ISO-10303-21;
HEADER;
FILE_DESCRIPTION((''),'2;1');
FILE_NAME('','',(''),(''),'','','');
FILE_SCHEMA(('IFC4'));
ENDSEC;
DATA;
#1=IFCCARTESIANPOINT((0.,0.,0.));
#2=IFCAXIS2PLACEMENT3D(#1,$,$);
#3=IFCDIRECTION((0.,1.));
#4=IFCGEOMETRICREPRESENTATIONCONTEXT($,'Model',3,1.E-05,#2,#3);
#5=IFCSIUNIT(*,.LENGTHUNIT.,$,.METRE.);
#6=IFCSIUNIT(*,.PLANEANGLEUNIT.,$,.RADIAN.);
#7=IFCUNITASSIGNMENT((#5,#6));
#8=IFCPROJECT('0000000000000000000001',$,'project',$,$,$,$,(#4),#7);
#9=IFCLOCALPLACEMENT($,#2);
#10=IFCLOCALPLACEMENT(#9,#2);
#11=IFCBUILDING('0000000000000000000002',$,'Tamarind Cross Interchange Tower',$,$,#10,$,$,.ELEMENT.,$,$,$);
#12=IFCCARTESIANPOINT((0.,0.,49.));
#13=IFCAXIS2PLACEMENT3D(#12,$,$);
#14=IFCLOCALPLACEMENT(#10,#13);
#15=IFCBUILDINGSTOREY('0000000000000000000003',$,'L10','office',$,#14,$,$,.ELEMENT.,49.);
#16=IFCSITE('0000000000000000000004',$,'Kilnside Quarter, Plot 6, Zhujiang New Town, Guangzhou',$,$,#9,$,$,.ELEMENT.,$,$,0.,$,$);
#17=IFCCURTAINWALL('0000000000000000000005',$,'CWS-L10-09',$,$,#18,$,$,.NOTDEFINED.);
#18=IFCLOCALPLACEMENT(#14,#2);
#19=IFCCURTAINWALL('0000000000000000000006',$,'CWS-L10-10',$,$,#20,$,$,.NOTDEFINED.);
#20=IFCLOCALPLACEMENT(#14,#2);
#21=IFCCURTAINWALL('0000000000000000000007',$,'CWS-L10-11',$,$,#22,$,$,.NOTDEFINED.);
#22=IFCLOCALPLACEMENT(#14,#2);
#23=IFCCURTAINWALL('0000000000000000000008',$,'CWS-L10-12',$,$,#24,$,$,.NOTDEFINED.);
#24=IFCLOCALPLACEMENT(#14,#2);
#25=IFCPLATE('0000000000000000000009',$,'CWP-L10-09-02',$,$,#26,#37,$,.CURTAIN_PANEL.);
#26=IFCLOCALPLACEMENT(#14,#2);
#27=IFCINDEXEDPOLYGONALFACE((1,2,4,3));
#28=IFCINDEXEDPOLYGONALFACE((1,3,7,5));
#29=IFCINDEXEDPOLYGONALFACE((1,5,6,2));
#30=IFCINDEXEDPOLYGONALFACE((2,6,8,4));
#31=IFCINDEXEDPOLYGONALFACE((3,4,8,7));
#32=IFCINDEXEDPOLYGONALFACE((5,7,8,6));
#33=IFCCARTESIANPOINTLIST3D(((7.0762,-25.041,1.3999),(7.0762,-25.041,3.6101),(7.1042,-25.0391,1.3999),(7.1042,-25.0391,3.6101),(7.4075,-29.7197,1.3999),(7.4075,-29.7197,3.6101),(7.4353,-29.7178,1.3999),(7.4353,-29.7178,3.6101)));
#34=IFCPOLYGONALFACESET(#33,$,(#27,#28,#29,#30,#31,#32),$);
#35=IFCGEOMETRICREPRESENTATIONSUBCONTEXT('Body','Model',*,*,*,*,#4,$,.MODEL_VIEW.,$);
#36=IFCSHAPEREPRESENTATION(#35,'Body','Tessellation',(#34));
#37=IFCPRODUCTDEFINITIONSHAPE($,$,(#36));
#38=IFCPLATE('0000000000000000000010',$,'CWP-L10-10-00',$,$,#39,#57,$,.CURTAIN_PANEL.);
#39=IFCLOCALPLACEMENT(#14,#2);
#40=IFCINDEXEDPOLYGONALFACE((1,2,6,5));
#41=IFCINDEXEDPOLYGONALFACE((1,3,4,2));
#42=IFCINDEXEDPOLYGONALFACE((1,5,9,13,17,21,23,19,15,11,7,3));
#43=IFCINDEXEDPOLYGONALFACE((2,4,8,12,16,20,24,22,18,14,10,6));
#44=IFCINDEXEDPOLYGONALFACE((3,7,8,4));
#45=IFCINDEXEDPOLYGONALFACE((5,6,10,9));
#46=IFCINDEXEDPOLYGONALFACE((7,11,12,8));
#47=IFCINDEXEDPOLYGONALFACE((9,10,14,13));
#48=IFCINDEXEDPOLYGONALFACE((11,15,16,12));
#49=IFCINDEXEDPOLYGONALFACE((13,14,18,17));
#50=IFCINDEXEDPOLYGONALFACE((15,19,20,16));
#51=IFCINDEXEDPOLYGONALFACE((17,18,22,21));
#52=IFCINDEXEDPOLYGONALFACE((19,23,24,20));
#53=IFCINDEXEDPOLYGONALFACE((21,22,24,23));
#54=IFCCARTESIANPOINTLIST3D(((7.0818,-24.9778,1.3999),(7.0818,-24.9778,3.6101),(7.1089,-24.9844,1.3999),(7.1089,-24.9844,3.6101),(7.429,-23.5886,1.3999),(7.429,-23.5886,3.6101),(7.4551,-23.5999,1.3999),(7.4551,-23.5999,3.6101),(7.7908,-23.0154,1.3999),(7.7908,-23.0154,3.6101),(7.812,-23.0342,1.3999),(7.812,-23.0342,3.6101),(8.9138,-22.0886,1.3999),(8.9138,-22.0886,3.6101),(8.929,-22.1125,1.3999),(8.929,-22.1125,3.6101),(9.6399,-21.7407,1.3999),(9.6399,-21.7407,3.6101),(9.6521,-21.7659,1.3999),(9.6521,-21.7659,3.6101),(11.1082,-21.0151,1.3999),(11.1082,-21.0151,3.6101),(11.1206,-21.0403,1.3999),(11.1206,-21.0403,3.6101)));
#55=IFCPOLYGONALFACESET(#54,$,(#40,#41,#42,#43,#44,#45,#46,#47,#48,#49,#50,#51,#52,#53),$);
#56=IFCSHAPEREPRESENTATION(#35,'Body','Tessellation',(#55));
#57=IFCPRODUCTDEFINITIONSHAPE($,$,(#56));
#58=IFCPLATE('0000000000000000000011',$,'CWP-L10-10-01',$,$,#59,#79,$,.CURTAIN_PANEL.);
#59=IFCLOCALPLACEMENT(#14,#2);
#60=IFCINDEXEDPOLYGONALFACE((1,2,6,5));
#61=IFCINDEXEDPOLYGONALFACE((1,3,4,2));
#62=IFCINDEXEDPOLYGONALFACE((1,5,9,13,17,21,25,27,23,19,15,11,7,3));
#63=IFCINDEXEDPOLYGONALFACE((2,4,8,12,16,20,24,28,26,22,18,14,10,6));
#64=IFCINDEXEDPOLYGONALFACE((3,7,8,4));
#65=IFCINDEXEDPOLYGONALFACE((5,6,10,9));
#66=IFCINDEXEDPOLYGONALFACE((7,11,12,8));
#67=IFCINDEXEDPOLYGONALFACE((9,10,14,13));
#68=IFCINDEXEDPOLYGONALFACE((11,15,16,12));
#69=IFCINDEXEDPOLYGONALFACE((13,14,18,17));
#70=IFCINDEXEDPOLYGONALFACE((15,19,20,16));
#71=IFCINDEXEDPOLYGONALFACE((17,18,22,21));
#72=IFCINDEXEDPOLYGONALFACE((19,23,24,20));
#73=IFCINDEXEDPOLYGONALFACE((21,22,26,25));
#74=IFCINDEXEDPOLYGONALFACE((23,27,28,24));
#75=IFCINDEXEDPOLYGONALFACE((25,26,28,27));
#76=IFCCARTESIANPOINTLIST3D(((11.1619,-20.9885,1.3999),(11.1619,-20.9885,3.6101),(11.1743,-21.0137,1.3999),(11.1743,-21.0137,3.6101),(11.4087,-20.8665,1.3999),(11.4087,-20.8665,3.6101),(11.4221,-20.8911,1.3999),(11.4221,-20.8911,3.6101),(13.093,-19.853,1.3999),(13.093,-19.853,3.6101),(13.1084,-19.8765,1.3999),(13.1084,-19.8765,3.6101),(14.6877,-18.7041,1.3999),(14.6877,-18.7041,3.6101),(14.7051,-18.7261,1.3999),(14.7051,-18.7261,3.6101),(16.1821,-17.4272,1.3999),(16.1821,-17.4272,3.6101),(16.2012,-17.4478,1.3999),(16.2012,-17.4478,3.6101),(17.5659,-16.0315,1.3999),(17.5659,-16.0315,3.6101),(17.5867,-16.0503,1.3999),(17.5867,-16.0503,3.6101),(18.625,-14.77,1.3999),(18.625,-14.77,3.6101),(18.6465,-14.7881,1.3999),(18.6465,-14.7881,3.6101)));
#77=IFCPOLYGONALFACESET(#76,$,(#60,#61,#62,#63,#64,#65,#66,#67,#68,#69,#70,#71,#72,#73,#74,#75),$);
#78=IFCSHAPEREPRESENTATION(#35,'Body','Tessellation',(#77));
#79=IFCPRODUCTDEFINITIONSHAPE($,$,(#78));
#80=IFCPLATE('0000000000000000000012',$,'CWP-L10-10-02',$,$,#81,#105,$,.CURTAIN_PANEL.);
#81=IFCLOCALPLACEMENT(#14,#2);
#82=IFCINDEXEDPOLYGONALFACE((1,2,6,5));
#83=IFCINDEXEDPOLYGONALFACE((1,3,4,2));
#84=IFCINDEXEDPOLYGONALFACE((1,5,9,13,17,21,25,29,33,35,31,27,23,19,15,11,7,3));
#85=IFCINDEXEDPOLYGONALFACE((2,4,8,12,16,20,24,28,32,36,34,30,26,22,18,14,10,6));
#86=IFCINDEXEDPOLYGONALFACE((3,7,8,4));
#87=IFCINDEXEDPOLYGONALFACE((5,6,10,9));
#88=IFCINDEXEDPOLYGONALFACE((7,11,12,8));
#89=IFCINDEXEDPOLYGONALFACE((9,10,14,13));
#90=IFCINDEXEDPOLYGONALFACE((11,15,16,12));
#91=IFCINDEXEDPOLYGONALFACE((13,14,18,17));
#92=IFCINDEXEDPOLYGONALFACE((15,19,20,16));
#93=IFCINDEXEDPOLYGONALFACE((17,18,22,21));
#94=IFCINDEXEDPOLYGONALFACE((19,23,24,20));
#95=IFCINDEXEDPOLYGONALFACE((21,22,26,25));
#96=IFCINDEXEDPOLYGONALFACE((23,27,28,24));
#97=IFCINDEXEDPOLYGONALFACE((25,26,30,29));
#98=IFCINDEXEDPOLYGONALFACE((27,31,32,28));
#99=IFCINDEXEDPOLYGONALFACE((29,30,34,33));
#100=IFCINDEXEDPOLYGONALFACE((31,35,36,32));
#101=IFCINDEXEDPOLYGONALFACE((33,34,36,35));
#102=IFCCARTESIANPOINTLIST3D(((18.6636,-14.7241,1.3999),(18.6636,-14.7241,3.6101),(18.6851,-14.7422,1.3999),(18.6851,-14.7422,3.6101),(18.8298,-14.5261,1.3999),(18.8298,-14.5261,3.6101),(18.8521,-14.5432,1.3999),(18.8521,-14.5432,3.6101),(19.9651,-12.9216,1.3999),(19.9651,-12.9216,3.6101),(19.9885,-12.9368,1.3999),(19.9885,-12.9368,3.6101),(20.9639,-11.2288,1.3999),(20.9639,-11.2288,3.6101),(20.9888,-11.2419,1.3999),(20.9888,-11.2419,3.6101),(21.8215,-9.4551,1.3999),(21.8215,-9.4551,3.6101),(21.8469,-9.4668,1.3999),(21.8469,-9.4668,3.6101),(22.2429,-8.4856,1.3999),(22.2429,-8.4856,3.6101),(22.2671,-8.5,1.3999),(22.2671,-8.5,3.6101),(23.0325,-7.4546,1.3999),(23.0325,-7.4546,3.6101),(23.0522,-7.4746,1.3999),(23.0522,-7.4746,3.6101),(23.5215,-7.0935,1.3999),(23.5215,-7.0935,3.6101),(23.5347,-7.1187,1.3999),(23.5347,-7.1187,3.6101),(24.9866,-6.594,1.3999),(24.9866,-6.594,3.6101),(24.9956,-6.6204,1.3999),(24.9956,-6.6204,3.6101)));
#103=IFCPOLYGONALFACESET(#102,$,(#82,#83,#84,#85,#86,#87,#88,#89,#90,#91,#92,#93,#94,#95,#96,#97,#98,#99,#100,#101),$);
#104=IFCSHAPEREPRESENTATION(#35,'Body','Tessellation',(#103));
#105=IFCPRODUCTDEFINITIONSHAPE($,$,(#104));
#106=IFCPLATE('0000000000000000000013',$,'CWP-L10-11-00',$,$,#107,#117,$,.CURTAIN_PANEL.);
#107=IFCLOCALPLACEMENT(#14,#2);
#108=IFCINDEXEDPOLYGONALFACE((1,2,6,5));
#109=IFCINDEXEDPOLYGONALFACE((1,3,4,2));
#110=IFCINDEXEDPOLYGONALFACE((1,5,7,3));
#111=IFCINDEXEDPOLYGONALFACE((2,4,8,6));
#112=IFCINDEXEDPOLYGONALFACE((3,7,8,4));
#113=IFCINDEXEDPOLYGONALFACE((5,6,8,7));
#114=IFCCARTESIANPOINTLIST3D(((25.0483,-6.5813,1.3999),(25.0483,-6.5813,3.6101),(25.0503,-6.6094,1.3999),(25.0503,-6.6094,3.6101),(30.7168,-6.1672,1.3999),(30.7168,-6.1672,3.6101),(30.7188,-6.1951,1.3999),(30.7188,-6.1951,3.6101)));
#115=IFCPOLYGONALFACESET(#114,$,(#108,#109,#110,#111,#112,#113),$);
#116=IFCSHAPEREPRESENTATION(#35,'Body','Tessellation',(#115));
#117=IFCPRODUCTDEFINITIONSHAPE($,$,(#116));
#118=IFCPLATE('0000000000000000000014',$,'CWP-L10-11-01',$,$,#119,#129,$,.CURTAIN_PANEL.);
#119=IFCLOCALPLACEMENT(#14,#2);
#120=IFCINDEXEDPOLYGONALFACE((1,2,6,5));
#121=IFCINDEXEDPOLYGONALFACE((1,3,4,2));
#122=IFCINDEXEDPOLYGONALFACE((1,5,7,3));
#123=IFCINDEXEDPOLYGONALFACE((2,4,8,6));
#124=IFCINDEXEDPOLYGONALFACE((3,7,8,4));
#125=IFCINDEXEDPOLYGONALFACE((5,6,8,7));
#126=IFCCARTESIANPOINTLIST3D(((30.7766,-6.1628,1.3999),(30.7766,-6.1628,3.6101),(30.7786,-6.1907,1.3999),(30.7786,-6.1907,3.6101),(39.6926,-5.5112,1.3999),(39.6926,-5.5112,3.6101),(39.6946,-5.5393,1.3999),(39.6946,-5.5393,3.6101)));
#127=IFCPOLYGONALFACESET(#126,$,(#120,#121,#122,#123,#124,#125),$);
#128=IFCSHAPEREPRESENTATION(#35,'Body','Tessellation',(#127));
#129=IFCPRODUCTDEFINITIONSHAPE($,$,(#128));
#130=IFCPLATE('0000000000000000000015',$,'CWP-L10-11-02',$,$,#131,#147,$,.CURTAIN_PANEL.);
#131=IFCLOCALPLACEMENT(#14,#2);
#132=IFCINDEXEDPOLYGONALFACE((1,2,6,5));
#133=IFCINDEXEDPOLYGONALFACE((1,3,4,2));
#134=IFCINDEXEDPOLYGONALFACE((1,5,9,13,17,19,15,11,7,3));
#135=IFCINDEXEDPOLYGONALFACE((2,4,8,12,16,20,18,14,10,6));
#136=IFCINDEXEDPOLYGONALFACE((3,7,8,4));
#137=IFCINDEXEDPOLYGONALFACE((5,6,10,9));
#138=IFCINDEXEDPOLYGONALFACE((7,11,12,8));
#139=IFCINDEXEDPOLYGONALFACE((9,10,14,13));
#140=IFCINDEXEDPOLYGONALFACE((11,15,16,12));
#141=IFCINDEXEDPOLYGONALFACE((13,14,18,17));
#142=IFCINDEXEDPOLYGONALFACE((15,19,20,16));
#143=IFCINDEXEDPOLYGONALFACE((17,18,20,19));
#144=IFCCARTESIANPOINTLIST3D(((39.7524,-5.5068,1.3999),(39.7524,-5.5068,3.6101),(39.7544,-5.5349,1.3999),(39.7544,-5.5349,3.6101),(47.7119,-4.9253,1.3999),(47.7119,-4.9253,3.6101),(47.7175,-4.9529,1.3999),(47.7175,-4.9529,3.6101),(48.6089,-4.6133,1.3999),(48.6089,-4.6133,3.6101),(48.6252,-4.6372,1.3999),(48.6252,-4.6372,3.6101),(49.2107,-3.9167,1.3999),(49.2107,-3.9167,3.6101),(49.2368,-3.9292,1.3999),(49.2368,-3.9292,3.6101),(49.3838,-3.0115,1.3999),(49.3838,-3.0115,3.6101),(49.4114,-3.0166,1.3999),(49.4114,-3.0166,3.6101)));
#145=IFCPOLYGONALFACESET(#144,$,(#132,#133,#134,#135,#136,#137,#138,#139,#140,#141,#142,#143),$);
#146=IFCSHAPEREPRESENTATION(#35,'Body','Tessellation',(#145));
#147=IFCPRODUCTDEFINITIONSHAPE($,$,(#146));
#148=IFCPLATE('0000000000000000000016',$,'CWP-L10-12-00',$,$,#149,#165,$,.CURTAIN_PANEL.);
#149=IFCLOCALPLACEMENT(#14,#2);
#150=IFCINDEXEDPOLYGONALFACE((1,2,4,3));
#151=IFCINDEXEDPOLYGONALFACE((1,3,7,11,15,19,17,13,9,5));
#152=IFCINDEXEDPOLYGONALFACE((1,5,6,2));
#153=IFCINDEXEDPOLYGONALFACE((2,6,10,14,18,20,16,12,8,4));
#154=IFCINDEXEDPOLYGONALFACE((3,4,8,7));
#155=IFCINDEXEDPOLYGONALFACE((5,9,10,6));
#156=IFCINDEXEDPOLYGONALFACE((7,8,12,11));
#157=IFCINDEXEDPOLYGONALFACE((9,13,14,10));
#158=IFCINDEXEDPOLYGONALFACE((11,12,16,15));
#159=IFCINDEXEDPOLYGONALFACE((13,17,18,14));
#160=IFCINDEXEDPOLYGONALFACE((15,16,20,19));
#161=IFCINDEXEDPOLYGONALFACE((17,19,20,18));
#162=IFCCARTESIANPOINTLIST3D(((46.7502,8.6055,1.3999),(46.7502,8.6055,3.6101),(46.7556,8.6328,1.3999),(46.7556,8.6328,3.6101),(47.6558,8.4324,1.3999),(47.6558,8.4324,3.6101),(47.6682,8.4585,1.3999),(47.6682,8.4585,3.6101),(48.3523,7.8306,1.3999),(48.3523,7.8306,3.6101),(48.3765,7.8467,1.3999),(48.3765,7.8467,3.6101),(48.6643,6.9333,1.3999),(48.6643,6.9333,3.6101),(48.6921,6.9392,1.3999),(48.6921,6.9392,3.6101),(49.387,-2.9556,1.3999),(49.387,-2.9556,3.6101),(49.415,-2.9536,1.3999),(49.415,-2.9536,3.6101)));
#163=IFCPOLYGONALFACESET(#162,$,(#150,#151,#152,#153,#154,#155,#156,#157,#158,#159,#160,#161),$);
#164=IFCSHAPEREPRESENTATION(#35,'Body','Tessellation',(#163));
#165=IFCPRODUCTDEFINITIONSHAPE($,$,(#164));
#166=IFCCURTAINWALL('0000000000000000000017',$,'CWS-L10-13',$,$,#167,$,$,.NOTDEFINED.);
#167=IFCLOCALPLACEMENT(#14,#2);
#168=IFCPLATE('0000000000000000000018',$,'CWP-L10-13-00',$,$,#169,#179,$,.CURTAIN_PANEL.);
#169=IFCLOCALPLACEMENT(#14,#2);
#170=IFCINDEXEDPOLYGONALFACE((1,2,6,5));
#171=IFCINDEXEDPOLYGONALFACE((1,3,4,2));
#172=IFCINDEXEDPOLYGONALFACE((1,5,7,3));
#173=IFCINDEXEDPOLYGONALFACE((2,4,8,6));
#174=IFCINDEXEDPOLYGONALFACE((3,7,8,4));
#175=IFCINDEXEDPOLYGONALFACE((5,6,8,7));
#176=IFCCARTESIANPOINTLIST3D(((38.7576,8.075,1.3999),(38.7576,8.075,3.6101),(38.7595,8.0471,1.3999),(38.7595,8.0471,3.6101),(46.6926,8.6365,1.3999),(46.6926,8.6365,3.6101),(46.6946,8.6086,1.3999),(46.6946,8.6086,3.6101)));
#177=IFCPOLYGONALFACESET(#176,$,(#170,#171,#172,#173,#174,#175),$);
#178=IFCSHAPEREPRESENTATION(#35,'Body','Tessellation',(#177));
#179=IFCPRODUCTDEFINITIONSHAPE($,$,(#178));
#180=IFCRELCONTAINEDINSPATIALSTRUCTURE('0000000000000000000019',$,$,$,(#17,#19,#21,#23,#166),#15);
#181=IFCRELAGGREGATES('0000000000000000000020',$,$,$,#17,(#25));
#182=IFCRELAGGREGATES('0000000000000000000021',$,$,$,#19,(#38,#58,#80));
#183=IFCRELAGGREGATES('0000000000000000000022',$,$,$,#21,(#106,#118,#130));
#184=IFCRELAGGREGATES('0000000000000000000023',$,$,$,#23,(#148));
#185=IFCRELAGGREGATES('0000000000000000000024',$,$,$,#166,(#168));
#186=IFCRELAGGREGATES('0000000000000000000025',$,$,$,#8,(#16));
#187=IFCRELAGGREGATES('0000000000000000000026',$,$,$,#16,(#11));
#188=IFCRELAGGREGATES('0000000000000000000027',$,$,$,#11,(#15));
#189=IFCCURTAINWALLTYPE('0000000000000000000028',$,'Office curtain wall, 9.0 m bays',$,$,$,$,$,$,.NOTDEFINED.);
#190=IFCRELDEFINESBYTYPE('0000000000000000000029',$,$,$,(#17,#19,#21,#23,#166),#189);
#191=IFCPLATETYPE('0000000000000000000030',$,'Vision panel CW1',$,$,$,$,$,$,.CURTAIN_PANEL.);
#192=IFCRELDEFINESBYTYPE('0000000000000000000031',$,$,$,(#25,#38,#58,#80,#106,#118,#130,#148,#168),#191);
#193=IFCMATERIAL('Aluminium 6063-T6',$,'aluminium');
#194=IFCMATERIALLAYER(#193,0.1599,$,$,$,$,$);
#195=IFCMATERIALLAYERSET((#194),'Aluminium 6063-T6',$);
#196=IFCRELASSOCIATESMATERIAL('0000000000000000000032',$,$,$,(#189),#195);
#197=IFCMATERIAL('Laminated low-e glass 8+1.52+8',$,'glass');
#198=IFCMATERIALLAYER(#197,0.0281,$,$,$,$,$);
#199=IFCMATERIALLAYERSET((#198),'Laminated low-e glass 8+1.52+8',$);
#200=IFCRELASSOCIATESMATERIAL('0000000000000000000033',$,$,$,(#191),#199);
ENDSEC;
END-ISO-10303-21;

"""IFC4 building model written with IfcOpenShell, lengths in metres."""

from ifc_helpers import new_model, si_unit, direction, frame, origin, place, context, subcontext, project, spatial, polyline, outline, extrude, material, layer, layer_set, type_object, element, aggregate, save


model = new_model("IFC4")

# Units and contexts
model_context = context("Model", 3, precision=1e-05, world=origin(), true_north=direction((0.0, 1.0)))
body_context = subcontext(model_context, "Body", "Model", "MODEL_VIEW")
ifc_project = project(units=[si_unit("LENGTHUNIT", "METRE"), si_unit("PLANEANGLEUNIT", "RADIAN")], contexts=[model_context])

# Site, building, storey
site_placement = place(None, origin())
site = spatial("IfcSite", under=ifc_project, at=site_placement, Name="Kilnside Quarter, Plot 6, Zhujiang New Town, Guangzhou", CompositionType="ELEMENT", RefElevation=0.0)
building_placement = place(site_placement, origin())
building = spatial("IfcBuilding", under=site, at=building_placement, Name="Tamarind Cross Interchange Tower", CompositionType="ELEMENT")
storey_placement = place(building_placement, frame((0.0, 0.0, 49.0)))
storey = spatial("IfcBuildingStorey", under=building, at=storey_placement, Name="L10", Description="office", CompositionType="ELEMENT", Elevation=49.0)

# Curtain walls
ifc_material_1 = material(Name="Aluminium 6063-T6", Category="aluminium")
ifc_layer_1 = layer(ifc_material_1, 0.1599)
ifc_layer_set_1 = layer_set([ifc_layer_1], Name="Aluminium 6063-T6")
curtain_wall_type = type_object("IfcCurtainWallType", Name="Office curtain wall, 9.0 m bays", PredefinedType="NOTDEFINED", material=ifc_layer_set_1)
curtain_wall_1_placement = place(storey_placement, origin())
curtain_wall_1 = element("IfcCurtainWall", 1, at=curtain_wall_1_placement, inside=storey, type_object=curtain_wall_type, Name="CWS-L10-09", PredefinedType="NOTDEFINED")
curtain_wall_2_placement = place(storey_placement, origin())
curtain_wall_2 = element("IfcCurtainWall", 2, at=curtain_wall_2_placement, inside=storey, type_object=curtain_wall_type, Name="CWS-L10-10", PredefinedType="NOTDEFINED")
curtain_wall_3_placement = place(storey_placement, origin())
curtain_wall_3 = element("IfcCurtainWall", 3, at=curtain_wall_3_placement, inside=storey, type_object=curtain_wall_type, Name="CWS-L10-11", PredefinedType="NOTDEFINED")
curtain_wall_4_placement = place(storey_placement, origin())
curtain_wall_4 = element("IfcCurtainWall", 4, at=curtain_wall_4_placement, inside=storey, type_object=curtain_wall_type, Name="CWS-L10-12", PredefinedType="NOTDEFINED")

# Plates
ifc_material_2 = material(Name="Laminated low-e glass 8+1.52+8", Category="glass")
ifc_layer_2 = layer(ifc_material_2, 0.0281)
ifc_layer_set_2 = layer_set([ifc_layer_2], Name="Laminated low-e glass 8+1.52+8")
plate_type = type_object("IfcPlateType", Name="Vision panel CW1", PredefinedType="CURTAIN_PANEL", material=ifc_layer_set_2)
plate_1_placement = place(storey_placement, frame((0.0, 0.0, 1.3999)))
plate_1 = element("IfcPlate", 5, at=plate_1_placement, type_object=plate_type, Name="CWP-L10-09-02", PredefinedType="CURTAIN_PANEL", context=body_context, shape_type="SweptSolid", body=[
    extrude(outline(polyline([(7.4075, -29.7197), (7.0762, -25.041), (7.1042, -25.0391), (7.4353, -29.7178), (7.4075, -29.7197)])), origin(), (0.0, 0.0, 1.0), 2.2102),
])
aggregate(curtain_wall_1, [plate_1])
plate_2_placement = place(storey_placement, frame((0.0, 0.0, 1.3999)))
plate_2 = element("IfcPlate", 6, at=plate_2_placement, type_object=plate_type, Name="CWP-L10-10-00", PredefinedType="CURTAIN_PANEL", context=body_context, shape_type="SweptSolid", body=[
    extrude(outline(polyline([(7.0818, -24.9778), (7.429, -23.5886), (7.7908, -23.0154), (8.9138, -22.0886), (9.6399, -21.7407), (11.1082, -21.0151), (11.1206, -21.0403), (9.6521, -21.7659), (8.929, -22.1125), (7.812, -23.0342), (7.4551, -23.5999), (7.1089, -24.9844), (7.0818, -24.9778)])), origin(), (0.0, 0.0, 1.0), 2.2102),
])
plate_3_placement = place(storey_placement, frame((0.0, 0.0, 1.3999)))
plate_3 = element("IfcPlate", 7, at=plate_3_placement, type_object=plate_type, Name="CWP-L10-10-01", PredefinedType="CURTAIN_PANEL", context=body_context, shape_type="SweptSolid", body=[
    extrude(outline(polyline([(11.1619, -20.9885), (11.4087, -20.8665), (13.093, -19.853), (14.6877, -18.7041), (16.1821, -17.4272), (17.5659, -16.0315), (18.625, -14.77), (18.6465, -14.7881), (17.5867, -16.0503), (16.2012, -17.4478), (14.7051, -18.7261), (13.1084, -19.8765), (11.4221, -20.8911), (11.1743, -21.0137), (11.1619, -20.9885)])), origin(), (0.0, 0.0, 1.0), 2.2102),
])
plate_4_placement = place(storey_placement, frame((0.0, 0.0, 1.3999)))
plate_4 = element("IfcPlate", 8, at=plate_4_placement, type_object=plate_type, Name="CWP-L10-10-02", PredefinedType="CURTAIN_PANEL", context=body_context, shape_type="SweptSolid", body=[
    extrude(outline(polyline([(18.6636, -14.7241), (18.8298, -14.5261), (19.9651, -12.9216), (20.9639, -11.2288), (21.8215, -9.4551), (22.2429, -8.4856), (23.0325, -7.4546), (23.5215, -7.0935), (24.9866, -6.594), (24.9956, -6.6204), (23.5347, -7.1187), (23.0522, -7.4746), (22.2671, -8.5), (21.8469, -9.4668), (20.9888, -11.2419), (19.9885, -12.9368), (18.8521, -14.5432), (18.6851, -14.7422), (18.6636, -14.7241)])), origin(), (0.0, 0.0, 1.0), 2.2102),
])
aggregate(curtain_wall_2, [plate_2, plate_3, plate_4])
plate_5_placement = place(storey_placement, frame((0.0, 0.0, 1.3999)))
plate_5 = element("IfcPlate", 9, at=plate_5_placement, type_object=plate_type, Name="CWP-L10-11-00", PredefinedType="CURTAIN_PANEL", context=body_context, shape_type="SweptSolid", body=[
    extrude(outline(polyline([(25.0483, -6.5813), (30.7168, -6.1672), (30.7188, -6.1951), (25.0503, -6.6094), (25.0483, -6.5813)])), origin(), (0.0, 0.0, 1.0), 2.2102),
])
plate_6_placement = place(storey_placement, frame((0.0, 0.0, 1.3999)))
plate_6 = element("IfcPlate", 10, at=plate_6_placement, type_object=plate_type, Name="CWP-L10-11-01", PredefinedType="CURTAIN_PANEL", context=body_context, shape_type="SweptSolid", body=[
    extrude(outline(polyline([(30.7766, -6.1628), (39.6926, -5.5112), (39.6946, -5.5393), (30.7786, -6.1907), (30.7766, -6.1628)])), origin(), (0.0, 0.0, 1.0), 2.2102),
])
plate_7_placement = place(storey_placement, frame((0.0, 0.0, 1.3999)))
plate_7 = element("IfcPlate", 11, at=plate_7_placement, type_object=plate_type, Name="CWP-L10-11-02", PredefinedType="CURTAIN_PANEL", context=body_context, shape_type="SweptSolid", body=[
    extrude(outline(polyline([(39.7524, -5.5068), (47.7119, -4.9253), (48.6089, -4.6133), (49.2107, -3.9167), (49.3838, -3.0115), (49.4114, -3.0166), (49.2368, -3.9292), (48.6252, -4.6372), (47.7175, -4.9529), (39.7544, -5.5349), (39.7524, -5.5068)])), origin(), (0.0, 0.0, 1.0), 2.2102),
])
aggregate(curtain_wall_3, [plate_5, plate_6, plate_7])
plate_8_placement = place(storey_placement, frame((0.0, 0.0, 1.3999)))
plate_8 = element("IfcPlate", 12, at=plate_8_placement, type_object=plate_type, Name="CWP-L10-12-00", PredefinedType="CURTAIN_PANEL", context=body_context, shape_type="SweptSolid", body=[
    extrude(outline(polyline([(49.387, -2.9556), (48.6643, 6.9333), (48.3523, 7.8306), (47.6558, 8.4324), (46.7502, 8.6055), (46.7556, 8.6328), (47.6682, 8.4585), (48.3765, 7.8467), (48.6921, 6.9392), (49.415, -2.9536), (49.387, -2.9556)])), origin(), (0.0, 0.0, 1.0), 2.2102),
])
aggregate(curtain_wall_4, [plate_8])

# Curtain wall, plate
curtain_wall_5_placement = place(storey_placement, origin())
curtain_wall_5 = element("IfcCurtainWall", 13, at=curtain_wall_5_placement, inside=storey, type_object=curtain_wall_type, Name="CWS-L10-13", PredefinedType="NOTDEFINED")
plate_9_placement = place(storey_placement, frame((0.0, 0.0, 1.3999)))
plate_9 = element("IfcPlate", 14, at=plate_9_placement, type_object=plate_type, Name="CWP-L10-13-00", PredefinedType="CURTAIN_PANEL", context=body_context, shape_type="SweptSolid", body=[
    extrude(outline(polyline([(46.6946, 8.6086), (38.7595, 8.0471), (38.7576, 8.075), (46.6926, 8.6365), (46.6946, 8.6086)])), origin(), (0.0, 0.0, 1.0), 2.2102),
])
aggregate(curtain_wall_5, [plate_9])

save(model, "model.ifc")
